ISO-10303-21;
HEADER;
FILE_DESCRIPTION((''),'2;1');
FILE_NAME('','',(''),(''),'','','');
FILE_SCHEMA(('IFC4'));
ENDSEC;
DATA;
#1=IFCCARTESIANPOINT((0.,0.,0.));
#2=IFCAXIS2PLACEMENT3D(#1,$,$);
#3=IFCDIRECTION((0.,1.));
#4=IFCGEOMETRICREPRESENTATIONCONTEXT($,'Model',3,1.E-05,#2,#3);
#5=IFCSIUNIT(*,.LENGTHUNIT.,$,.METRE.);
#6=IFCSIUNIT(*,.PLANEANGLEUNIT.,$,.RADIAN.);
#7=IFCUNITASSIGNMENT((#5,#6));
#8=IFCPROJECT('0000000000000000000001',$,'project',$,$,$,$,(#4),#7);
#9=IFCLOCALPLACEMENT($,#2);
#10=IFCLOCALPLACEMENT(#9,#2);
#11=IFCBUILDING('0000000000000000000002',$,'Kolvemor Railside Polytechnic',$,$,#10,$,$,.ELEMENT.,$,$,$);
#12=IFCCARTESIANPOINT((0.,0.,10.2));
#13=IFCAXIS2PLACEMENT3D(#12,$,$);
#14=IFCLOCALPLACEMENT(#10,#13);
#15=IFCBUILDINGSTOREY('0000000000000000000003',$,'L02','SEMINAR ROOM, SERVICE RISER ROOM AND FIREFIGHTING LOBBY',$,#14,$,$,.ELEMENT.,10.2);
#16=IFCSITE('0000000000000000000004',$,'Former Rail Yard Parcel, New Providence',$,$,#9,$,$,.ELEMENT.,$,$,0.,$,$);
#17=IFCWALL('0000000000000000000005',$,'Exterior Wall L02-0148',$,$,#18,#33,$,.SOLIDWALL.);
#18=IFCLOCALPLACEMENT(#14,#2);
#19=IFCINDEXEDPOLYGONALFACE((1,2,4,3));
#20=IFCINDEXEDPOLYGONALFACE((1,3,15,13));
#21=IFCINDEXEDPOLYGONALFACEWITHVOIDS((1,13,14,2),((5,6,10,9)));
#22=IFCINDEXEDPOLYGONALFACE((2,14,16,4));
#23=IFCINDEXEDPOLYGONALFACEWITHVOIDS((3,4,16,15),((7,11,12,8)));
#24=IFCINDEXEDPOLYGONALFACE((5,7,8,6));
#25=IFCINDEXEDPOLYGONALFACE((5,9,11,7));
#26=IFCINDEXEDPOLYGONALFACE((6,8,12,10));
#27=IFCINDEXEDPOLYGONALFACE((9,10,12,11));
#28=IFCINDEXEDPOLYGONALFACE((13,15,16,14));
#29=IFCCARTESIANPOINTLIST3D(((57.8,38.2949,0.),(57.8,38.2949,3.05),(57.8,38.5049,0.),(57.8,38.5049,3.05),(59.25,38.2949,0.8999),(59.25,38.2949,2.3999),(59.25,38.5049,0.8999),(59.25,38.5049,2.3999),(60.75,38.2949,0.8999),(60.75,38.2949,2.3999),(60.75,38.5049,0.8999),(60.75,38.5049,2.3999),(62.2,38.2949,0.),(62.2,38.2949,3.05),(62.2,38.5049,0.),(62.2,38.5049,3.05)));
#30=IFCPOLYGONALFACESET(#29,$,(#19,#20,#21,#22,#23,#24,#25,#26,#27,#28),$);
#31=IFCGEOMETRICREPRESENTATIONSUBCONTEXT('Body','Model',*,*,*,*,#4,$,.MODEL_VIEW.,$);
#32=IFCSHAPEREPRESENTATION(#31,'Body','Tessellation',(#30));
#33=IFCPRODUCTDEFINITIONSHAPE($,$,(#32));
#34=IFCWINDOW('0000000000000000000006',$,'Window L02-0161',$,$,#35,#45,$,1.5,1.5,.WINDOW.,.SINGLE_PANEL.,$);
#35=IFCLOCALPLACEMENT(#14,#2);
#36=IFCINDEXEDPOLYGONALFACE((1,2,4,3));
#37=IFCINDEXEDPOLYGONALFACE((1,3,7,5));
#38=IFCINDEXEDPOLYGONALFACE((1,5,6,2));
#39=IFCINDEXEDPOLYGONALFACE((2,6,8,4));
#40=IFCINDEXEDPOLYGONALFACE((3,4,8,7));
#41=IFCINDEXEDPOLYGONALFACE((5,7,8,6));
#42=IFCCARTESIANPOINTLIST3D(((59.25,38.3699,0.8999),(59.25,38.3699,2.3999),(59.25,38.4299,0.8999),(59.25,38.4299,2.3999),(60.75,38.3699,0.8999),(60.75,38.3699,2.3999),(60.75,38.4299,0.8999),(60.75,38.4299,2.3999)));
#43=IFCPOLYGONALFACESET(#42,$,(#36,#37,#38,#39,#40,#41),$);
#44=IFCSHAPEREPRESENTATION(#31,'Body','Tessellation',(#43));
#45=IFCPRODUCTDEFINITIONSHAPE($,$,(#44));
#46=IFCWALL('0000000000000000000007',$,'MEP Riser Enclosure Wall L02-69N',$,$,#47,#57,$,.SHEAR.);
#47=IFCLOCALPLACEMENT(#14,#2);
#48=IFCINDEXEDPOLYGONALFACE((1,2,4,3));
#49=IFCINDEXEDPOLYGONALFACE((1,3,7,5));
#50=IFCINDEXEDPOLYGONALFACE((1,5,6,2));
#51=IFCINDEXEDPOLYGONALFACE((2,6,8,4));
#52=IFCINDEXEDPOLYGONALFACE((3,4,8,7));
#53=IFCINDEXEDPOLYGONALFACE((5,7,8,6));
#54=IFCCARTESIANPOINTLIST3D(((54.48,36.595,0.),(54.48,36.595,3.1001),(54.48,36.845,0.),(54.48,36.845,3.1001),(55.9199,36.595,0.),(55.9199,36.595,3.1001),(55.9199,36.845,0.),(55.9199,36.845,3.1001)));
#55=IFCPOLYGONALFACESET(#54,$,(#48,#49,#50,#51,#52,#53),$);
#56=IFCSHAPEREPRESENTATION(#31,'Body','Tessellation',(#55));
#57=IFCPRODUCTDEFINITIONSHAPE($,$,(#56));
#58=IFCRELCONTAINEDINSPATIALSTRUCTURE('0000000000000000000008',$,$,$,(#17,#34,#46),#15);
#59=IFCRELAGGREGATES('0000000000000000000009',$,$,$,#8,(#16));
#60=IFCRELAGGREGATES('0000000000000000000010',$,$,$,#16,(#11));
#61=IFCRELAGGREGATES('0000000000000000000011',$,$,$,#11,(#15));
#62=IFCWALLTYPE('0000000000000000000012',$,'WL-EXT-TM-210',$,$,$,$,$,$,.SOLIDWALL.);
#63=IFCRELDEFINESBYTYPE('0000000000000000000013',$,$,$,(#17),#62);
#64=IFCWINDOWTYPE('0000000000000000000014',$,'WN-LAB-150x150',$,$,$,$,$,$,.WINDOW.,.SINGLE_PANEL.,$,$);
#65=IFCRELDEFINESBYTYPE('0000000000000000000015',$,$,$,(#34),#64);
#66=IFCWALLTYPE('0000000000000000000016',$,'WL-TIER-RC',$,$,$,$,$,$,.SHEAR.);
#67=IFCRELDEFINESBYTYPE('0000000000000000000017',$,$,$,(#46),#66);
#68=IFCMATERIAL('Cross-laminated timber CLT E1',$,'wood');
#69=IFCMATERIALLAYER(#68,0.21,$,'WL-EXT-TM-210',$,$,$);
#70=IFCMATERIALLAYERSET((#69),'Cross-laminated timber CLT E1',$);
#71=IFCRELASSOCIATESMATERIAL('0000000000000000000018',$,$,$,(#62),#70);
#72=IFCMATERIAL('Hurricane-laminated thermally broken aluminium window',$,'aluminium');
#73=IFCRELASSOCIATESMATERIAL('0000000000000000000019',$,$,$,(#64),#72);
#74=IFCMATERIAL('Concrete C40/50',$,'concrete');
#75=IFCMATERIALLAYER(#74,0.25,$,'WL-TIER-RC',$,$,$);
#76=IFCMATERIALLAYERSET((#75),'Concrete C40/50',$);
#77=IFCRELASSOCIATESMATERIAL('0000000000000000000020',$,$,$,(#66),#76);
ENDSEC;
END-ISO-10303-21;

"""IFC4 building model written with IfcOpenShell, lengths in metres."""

from ifc_helpers import new_model, si_unit, direction, frame, frame_2d, origin, place, context, subcontext, project, spatial, rectangle, extrude, material, layer, layer_set, type_object, element, fill, save


model = new_model("IFC4")

# Units and contexts
model_context = context("Model", 3, precision=1e-05, world=origin(), true_north=direction((0.0, 1.0)))
body_context = subcontext(model_context, "Body", "Model", "MODEL_VIEW")
ifc_project = project(units=[si_unit("LENGTHUNIT", "METRE"), si_unit("PLANEANGLEUNIT", "RADIAN")], contexts=[model_context])

# Site, building, storey
site_placement = place(None, origin())
site = spatial("IfcSite", under=ifc_project, at=site_placement, Name="Former Rail Yard Parcel, New Providence", CompositionType="ELEMENT", RefElevation=0.0)
building_placement = place(site_placement, origin())
building = spatial("IfcBuilding", under=site, at=building_placement, Name="Kolvemor Railside Polytechnic", CompositionType="ELEMENT")
storey_placement = place(building_placement, frame((0.0, 0.0, 10.2)))
storey = spatial("IfcBuildingStorey", under=building, at=storey_placement, Name="L02", Description="SEMINAR ROOM, SERVICE RISER ROOM AND FIREFIGHTING LOBBY", CompositionType="ELEMENT", Elevation=10.2)

# Wall, opening, window
ifc_material_1 = material(Name="Cross-laminated timber CLT E1", Category="wood")
ifc_layer_1 = layer(ifc_material_1, 0.21, Name="WL-EXT-TM-210")
ifc_layer_set_1 = layer_set([ifc_layer_1], Name="Cross-laminated timber CLT E1")
wall_type_1 = type_object("IfcWallType", Name="WL-EXT-TM-210", PredefinedType="SOLIDWALL", material=ifc_layer_set_1)
wall_1_placement = place(storey_placement, frame((62.2, 38.3999, 0.0), z_axis=(0.0, 0.0, 1.0), x_axis=(-1.0, 0.0, 0.0)))
wall_1 = element("IfcWall", 1, at=wall_1_placement, inside=storey, type_object=wall_type_1, Name="Exterior Wall L02-0148", PredefinedType="SOLIDWALL", context=body_context, shape_type="SweptSolid", body=[
    extrude(rectangle(XDim=4.3999, YDim=0.21, at=frame_2d((2.2, 0.0))), origin(), (0.0, 0.0, 1.0), 3.05),
])
opening_placement = place(wall_1_placement, frame((1.45, 0.0, 0.8999)))
opening = element("IfcOpeningElement", 2, at=opening_placement, cuts=wall_1, PredefinedType="OPENING", context=body_context, shape_type="SweptSolid", body=[
    extrude(rectangle(XDim=1.5, YDim=1.5, at=frame_2d((0.75, 0.75))), frame((0.0, 0.115, 0.0), z_axis=(0.0, -1.0, 0.0), x_axis=(1.0, 0.0, 0.0)), (0.0, 0.0, 1.0), 0.23),
])
ifc_material_2 = material(Name="Hurricane-laminated thermally broken aluminium window", Category="aluminium")
window_type = type_object("IfcWindowType", Name="WN-LAB-150x150", PartitioningType="SINGLE_PANEL", PredefinedType="WINDOW", material=ifc_material_2)
window_placement = place(opening_placement, origin())
window = element("IfcWindow", 3, at=window_placement, inside=storey, type_object=window_type, Name="Window L02-0161", OverallHeight=1.5, OverallWidth=1.5, PartitioningType="SINGLE_PANEL", PredefinedType="WINDOW", context=body_context, shape_type="SweptSolid", body=[
    extrude(rectangle(XDim=1.5, YDim=1.5, at=frame_2d((0.75, 0.75))), frame((0.0, 0.03, 0.0), z_axis=(0.0, -1.0, 0.0), x_axis=(1.0, 0.0, 0.0)), (0.0, 0.0, 1.0), 0.0601),
])
fill(opening, window)

# Wall
ifc_material_3 = material(Name="Concrete C40/50", Category="concrete")
ifc_layer_2 = layer(ifc_material_3, 0.25, Name="WL-TIER-RC")
ifc_layer_set_2 = layer_set([ifc_layer_2], Name="Concrete C40/50")
wall_type_2 = type_object("IfcWallType", Name="WL-TIER-RC", PredefinedType="SHEAR", material=ifc_layer_set_2)
wall_2_placement = place(storey_placement, frame((54.48, 36.72, 0.0), z_axis=(0.0, 0.0, 1.0), x_axis=(1.0, 0.0, 0.0)))
element("IfcWall", 4, at=wall_2_placement, inside=storey, type_object=wall_type_2, Name="MEP Riser Enclosure Wall L02-69N", PredefinedType="SHEAR", context=body_context, shape_type="SweptSolid", body=[
    extrude(rectangle(XDim=1.4399, YDim=0.25, at=frame_2d((0.72, 0.0))), origin(), (0.0, 0.0, 1.0), 3.1001),
])

save(model, "model.ifc")
